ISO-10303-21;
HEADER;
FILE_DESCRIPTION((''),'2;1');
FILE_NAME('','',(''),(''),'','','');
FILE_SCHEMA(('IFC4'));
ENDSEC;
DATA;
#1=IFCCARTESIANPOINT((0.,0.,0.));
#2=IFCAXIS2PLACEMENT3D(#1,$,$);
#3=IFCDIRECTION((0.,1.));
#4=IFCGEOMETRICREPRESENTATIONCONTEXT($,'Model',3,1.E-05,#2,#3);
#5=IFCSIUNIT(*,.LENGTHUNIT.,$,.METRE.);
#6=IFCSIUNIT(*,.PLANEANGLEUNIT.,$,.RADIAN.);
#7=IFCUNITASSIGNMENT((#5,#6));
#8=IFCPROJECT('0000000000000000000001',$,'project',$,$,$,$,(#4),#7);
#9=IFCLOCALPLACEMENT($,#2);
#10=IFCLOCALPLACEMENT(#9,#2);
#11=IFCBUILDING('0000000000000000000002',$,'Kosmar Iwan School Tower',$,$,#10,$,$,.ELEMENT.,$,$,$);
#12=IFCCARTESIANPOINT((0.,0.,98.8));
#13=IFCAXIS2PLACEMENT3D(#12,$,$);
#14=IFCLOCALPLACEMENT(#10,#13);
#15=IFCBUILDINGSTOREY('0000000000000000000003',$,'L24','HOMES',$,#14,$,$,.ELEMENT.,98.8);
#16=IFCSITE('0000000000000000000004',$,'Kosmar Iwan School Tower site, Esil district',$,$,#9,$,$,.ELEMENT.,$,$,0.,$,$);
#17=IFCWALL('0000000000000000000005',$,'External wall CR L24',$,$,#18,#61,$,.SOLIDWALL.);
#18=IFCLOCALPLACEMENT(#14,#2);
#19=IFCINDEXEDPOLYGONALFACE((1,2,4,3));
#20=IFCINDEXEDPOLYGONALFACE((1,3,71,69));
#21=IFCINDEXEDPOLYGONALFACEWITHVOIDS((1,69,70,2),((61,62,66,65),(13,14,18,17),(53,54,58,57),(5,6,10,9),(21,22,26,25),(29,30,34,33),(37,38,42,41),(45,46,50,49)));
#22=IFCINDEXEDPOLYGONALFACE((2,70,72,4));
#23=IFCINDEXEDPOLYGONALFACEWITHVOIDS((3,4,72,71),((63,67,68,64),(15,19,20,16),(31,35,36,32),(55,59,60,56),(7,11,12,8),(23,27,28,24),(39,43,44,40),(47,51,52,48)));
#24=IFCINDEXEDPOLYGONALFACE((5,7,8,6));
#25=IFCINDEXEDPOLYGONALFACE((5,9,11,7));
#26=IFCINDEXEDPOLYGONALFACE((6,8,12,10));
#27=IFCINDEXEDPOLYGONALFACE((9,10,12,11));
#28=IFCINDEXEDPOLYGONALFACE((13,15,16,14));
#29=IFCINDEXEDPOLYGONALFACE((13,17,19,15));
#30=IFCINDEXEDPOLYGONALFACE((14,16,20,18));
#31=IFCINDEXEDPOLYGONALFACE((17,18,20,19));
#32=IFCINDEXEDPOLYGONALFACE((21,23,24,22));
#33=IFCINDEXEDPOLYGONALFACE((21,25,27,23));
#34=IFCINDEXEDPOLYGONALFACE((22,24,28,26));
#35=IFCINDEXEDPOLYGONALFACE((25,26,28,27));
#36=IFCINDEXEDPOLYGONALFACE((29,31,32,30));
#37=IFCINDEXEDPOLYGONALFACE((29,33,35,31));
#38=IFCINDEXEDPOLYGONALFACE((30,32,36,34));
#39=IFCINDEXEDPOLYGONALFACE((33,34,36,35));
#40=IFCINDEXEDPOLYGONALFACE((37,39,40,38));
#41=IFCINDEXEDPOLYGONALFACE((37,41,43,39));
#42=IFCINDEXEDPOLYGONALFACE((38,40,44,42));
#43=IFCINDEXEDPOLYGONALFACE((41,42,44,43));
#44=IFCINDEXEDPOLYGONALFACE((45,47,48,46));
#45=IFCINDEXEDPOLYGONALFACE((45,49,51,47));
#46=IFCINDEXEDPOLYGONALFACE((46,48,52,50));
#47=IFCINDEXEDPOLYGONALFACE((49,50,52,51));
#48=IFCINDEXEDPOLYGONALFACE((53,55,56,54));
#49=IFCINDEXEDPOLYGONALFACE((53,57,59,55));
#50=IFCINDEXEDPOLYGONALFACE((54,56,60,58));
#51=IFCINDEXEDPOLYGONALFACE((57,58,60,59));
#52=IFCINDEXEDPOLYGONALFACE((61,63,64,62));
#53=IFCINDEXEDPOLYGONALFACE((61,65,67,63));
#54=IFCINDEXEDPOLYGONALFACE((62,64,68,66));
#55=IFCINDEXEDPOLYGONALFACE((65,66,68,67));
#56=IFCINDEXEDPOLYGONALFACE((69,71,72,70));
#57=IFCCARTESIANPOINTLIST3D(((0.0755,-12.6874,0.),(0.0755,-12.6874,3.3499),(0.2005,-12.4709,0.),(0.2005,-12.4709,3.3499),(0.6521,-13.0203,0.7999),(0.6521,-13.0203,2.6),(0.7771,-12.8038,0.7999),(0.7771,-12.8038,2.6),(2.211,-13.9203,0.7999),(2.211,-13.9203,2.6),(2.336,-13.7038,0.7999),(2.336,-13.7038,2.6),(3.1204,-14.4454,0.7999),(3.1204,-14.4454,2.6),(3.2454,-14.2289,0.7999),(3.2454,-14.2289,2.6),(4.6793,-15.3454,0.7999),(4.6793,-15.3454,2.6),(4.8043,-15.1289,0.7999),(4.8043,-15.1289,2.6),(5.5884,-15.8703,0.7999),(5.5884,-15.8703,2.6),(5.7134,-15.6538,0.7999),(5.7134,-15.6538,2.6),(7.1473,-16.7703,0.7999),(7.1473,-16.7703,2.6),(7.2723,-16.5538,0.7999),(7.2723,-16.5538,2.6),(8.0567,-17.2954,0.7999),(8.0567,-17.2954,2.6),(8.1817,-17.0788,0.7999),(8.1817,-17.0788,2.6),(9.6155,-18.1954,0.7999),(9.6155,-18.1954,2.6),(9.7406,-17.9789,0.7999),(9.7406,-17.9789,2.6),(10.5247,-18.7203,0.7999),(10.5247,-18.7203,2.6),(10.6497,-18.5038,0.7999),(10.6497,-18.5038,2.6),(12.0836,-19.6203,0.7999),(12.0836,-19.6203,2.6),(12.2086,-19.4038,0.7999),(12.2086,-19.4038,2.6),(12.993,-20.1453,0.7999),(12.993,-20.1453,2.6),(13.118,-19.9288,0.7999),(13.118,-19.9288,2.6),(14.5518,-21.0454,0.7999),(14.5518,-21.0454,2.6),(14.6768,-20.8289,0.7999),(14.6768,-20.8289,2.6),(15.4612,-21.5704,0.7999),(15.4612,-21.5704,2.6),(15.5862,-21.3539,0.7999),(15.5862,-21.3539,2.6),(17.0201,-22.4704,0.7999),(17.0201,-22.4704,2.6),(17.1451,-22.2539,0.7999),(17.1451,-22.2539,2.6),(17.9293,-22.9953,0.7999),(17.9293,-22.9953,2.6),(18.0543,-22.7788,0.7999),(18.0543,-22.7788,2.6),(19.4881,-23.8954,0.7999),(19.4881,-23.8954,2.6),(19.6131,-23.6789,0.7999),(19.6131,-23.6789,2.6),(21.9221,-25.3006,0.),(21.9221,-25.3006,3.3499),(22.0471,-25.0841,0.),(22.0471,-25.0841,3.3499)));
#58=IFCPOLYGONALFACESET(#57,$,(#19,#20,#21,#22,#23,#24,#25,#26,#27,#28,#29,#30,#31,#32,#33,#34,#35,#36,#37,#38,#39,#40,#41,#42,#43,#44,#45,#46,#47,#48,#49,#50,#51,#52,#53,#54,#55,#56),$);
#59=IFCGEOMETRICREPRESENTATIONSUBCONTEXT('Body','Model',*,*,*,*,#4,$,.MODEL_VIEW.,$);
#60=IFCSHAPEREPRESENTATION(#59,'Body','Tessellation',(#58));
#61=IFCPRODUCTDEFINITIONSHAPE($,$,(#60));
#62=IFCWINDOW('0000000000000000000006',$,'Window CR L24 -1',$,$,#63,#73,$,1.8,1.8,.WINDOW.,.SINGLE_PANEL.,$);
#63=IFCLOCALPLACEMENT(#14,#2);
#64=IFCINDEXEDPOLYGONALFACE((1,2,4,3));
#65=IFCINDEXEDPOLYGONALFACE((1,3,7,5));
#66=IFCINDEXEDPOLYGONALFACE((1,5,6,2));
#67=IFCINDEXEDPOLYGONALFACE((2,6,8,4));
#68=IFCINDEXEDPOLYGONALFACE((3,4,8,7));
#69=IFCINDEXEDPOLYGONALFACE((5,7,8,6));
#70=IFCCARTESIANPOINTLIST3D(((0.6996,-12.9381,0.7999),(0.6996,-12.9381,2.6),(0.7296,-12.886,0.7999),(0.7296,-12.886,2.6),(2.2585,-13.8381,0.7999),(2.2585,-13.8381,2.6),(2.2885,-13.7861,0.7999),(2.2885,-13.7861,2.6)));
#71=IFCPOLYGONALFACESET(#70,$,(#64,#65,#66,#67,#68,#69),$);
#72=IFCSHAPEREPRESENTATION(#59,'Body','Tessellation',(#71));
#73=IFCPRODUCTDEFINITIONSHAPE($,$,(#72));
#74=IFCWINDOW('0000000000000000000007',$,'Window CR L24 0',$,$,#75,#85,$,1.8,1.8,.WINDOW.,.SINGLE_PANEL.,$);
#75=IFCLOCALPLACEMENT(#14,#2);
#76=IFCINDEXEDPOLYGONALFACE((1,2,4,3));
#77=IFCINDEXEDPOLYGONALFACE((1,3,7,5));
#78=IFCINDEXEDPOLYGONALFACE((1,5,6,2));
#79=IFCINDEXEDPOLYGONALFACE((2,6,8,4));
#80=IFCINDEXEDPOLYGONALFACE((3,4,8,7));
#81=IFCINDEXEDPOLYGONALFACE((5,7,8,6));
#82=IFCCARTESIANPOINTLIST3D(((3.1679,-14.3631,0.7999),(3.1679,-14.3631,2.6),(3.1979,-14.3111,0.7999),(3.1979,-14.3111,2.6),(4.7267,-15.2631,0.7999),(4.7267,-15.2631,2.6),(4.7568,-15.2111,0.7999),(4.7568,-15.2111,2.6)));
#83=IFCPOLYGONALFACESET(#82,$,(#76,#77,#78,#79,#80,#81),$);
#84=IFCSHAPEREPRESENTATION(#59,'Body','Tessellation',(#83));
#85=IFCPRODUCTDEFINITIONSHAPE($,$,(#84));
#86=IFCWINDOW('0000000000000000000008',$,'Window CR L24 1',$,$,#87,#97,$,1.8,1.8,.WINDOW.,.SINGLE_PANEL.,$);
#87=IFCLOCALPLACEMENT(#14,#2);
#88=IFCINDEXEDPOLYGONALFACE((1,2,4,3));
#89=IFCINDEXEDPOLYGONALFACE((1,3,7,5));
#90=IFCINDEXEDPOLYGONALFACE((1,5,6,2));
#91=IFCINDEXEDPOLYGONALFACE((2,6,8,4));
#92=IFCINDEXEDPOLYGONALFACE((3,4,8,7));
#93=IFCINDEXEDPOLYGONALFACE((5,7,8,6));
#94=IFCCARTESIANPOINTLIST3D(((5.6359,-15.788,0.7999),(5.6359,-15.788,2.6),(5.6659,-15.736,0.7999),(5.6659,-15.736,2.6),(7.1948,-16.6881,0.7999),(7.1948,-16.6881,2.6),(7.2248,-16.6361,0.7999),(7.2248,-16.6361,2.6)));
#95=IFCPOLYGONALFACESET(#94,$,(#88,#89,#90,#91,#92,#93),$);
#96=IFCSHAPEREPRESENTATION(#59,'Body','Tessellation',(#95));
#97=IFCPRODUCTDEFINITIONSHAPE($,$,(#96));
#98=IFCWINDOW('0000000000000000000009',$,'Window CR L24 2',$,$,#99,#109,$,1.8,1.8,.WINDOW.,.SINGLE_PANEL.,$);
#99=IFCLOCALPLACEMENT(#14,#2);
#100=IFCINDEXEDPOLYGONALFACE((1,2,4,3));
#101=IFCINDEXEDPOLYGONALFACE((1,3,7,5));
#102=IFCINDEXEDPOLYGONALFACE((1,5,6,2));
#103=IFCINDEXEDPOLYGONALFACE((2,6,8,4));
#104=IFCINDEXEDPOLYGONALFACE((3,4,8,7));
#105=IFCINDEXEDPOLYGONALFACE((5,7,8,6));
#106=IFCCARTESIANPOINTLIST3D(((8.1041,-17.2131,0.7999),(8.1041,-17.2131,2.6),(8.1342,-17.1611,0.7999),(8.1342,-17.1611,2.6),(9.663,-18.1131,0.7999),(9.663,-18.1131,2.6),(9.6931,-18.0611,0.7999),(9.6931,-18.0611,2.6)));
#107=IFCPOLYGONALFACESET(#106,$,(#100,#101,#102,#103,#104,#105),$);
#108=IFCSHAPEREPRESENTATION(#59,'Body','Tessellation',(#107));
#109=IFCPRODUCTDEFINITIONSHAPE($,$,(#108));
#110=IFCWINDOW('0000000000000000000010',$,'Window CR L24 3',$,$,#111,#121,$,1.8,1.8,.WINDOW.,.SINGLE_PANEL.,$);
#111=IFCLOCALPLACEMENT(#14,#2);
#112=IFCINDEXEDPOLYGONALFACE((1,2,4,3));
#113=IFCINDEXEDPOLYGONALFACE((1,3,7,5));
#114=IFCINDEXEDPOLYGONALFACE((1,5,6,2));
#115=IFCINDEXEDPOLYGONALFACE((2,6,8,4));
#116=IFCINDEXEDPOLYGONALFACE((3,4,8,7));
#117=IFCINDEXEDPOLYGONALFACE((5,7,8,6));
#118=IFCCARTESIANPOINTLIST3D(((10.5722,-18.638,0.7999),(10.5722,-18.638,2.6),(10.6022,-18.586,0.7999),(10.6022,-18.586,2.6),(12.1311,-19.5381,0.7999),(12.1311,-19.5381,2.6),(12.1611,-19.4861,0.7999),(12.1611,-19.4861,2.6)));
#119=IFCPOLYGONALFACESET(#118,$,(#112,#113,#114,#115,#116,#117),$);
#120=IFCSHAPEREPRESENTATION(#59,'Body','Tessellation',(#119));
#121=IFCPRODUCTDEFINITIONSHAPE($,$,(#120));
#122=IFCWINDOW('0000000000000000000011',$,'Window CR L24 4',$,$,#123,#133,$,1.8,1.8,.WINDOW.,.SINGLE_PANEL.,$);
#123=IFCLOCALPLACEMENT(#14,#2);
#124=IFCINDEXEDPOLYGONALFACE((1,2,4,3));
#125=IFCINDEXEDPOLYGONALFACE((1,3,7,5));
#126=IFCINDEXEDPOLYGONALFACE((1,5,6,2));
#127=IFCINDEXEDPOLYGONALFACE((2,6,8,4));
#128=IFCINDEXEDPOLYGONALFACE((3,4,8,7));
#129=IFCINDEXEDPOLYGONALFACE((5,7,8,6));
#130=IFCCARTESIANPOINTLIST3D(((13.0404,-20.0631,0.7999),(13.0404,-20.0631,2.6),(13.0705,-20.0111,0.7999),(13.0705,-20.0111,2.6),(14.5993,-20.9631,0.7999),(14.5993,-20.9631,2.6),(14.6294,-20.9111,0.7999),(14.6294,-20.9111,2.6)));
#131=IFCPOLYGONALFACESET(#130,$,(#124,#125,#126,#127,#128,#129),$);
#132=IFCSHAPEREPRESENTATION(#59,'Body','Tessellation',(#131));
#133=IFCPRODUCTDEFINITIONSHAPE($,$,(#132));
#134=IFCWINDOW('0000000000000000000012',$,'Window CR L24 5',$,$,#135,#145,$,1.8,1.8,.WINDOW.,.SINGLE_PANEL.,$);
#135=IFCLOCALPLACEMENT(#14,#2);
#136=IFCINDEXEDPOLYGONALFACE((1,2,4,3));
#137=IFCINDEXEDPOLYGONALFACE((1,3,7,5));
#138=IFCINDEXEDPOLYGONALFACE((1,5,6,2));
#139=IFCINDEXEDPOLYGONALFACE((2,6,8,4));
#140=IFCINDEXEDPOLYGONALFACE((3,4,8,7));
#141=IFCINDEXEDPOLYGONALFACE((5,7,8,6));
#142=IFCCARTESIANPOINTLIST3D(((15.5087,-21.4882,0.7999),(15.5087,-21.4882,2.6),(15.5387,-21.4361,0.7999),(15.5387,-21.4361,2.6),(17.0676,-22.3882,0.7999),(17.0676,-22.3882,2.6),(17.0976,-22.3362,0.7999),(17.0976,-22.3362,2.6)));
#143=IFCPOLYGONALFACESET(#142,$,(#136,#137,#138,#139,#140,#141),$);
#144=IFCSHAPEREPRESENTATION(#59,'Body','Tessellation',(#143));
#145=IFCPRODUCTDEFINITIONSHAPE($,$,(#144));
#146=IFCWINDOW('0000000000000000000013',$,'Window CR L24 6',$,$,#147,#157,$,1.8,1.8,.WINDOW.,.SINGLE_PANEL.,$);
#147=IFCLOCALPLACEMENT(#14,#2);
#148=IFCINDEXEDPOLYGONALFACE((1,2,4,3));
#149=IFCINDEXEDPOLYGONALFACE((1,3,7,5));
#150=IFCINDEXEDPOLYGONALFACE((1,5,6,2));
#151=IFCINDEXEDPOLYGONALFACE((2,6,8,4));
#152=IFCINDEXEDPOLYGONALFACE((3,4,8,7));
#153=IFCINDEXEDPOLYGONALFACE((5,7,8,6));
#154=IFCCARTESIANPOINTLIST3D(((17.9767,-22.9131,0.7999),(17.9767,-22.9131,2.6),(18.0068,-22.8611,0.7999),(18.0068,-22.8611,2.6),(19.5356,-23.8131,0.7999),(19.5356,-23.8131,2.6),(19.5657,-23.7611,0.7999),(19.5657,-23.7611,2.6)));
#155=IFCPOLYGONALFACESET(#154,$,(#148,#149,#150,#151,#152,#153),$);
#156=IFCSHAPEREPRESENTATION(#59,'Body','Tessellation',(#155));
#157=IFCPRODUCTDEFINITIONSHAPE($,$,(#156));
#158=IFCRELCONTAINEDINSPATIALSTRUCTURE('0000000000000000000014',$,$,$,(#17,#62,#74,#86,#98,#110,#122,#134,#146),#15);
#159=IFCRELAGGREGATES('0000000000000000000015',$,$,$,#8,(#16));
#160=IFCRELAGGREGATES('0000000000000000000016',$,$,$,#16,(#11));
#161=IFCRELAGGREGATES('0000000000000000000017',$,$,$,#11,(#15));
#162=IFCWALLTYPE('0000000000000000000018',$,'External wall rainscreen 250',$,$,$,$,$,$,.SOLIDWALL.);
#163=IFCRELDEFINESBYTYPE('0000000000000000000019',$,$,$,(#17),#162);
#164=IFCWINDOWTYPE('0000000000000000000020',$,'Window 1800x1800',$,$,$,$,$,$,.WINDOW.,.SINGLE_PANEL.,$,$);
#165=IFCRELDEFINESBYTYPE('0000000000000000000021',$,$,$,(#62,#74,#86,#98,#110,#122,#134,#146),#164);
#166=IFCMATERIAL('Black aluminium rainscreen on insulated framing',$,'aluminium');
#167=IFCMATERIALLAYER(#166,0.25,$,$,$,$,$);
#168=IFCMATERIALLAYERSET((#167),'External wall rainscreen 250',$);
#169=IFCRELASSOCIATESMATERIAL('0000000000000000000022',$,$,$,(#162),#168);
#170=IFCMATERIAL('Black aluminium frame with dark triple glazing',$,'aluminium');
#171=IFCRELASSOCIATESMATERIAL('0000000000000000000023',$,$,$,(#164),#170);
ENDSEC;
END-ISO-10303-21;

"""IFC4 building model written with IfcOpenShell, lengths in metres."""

from ifc_helpers import new_model, si_unit, direction, frame, frame_2d, origin, place, context, subcontext, project, spatial, rectangle, extrude, material, layer, layer_set, type_object, element, fill, save


model = new_model("IFC4")

# Units and contexts
model_context = context("Model", 3, precision=1e-05, world=origin(), true_north=direction((0.0, 1.0)))
body_context = subcontext(model_context, "Body", "Model", "MODEL_VIEW")
ifc_project = project(units=[si_unit("LENGTHUNIT", "METRE"), si_unit("PLANEANGLEUNIT", "RADIAN")], contexts=[model_context])

# Site, building, storey
site_placement = place(None, origin())
site = spatial("IfcSite", under=ifc_project, at=site_placement, Name="Kosmar Iwan School Tower site, Esil district", CompositionType="ELEMENT", RefElevation=0.0)
building_placement = place(site_placement, origin())
building = spatial("IfcBuilding", under=site, at=building_placement, Name="Kosmar Iwan School Tower", CompositionType="ELEMENT")
storey_placement = place(building_placement, frame((0.0, 0.0, 98.8)))
storey = spatial("IfcBuildingStorey", under=building, at=storey_placement, Name="L24", Description="HOMES", CompositionType="ELEMENT", Elevation=98.8)

# Wall, openings, windows
ifc_material_1 = material(Name="Black aluminium rainscreen on insulated framing", Category="aluminium")
ifc_layer = layer(ifc_material_1, 0.25)
ifc_layer_set = layer_set([ifc_layer], Name="External wall rainscreen 250")
wall_type = type_object("IfcWallType", Name="External wall rainscreen 250", PredefinedType="SOLIDWALL", material=ifc_layer_set)
ifc_material_2 = material(Name="Black aluminium frame with dark triple glazing", Category="aluminium")
window_type = type_object("IfcWindowType", Name="Window 1800x1800", PartitioningType="SINGLE_PANEL", PredefinedType="WINDOW", material=ifc_material_2)
wall_1_placement = place(storey_placement, frame((0.1379, -12.5791, 0.0), z_axis=(0.0, 0.0, 1.0), x_axis=(0.866024, -0.500003, 0.0)))
wall_1 = element("IfcWall", 1, at=wall_1_placement, inside=storey, type_object=wall_type, Name="External wall CR L24", PredefinedType="SOLIDWALL", context=body_context, shape_type="SweptSolid", body=[
    extrude(rectangle(XDim=25.2263, YDim=0.25, at=frame_2d((12.6133, 0.0))), origin(), (0.0, 0.0, 1.0), 3.3499),
])
opening_1_placement = place(wall_1_placement, frame((0.666, 0.0, 0.8)))
opening_1 = element("IfcOpeningElement", 2, at=opening_1_placement, cuts=wall_1, PredefinedType="OPENING", context=body_context, shape_type="SweptSolid", body=[
    extrude(rectangle(XDim=1.8, YDim=1.8, at=frame_2d((0.8999, 0.8999))), frame((0.0, 0.137, 0.0), z_axis=(0.0, -1.0, 0.0), x_axis=(1.0, 0.0, 0.0)), (0.0, 0.0, 1.0), 0.2739),
])
opening_2_placement = place(wall_1_placement, frame((3.5161, 0.0, 0.8)))
opening_2 = element("IfcOpeningElement", 3, at=opening_2_placement, cuts=wall_1, PredefinedType="OPENING", context=body_context, shape_type="SweptSolid", body=[
    extrude(rectangle(XDim=1.8, YDim=1.8, at=frame_2d((0.8999, 0.8999))), frame((0.0, 0.137, 0.0), z_axis=(0.0, -1.0, 0.0), x_axis=(1.0, 0.0, 0.0)), (0.0, 0.0, 1.0), 0.2739),
])
opening_3_placement = place(wall_1_placement, frame((6.366, 0.0, 0.8)))
opening_3 = element("IfcOpeningElement", 4, at=opening_3_placement, cuts=wall_1, PredefinedType="OPENING", context=body_context, shape_type="SweptSolid", body=[
    extrude(rectangle(XDim=1.8, YDim=1.8, at=frame_2d((0.8999, 0.8999))), frame((0.0, 0.137, 0.0), z_axis=(0.0, -1.0, 0.0), x_axis=(1.0, 0.0, 0.0)), (0.0, 0.0, 1.0), 0.2739),
])
opening_4_placement = place(wall_1_placement, frame((9.2161, 0.0, 0.8)))
opening_4 = element("IfcOpeningElement", 5, at=opening_4_placement, cuts=wall_1, PredefinedType="OPENING", context=body_context, shape_type="SweptSolid", body=[
    extrude(rectangle(XDim=1.8, YDim=1.8, at=frame_2d((0.8999, 0.8999))), frame((0.0, 0.137, 0.0), z_axis=(0.0, -1.0, 0.0), x_axis=(1.0, 0.0, 0.0)), (0.0, 0.0, 1.0), 0.2739),
])
opening_5_placement = place(wall_1_placement, frame((12.0659, 0.0, 0.8)))
opening_5 = element("IfcOpeningElement", 6, at=opening_5_placement, cuts=wall_1, PredefinedType="OPENING", context=body_context, shape_type="SweptSolid", body=[
    extrude(rectangle(XDim=1.8, YDim=1.8, at=frame_2d((0.8999, 0.8999))), frame((0.0, 0.137, 0.0), z_axis=(0.0, -1.0, 0.0), x_axis=(1.0, 0.0, 0.0)), (0.0, 0.0, 1.0), 0.2739),
])
opening_6_placement = place(wall_1_placement, frame((14.916, 0.0, 0.8)))
opening_6 = element("IfcOpeningElement", 7, at=opening_6_placement, cuts=wall_1, PredefinedType="OPENING", context=body_context, shape_type="SweptSolid", body=[
    extrude(rectangle(XDim=1.8, YDim=1.8, at=frame_2d((0.8999, 0.8999))), frame((0.0, 0.137, 0.0), z_axis=(0.0, -1.0, 0.0), x_axis=(1.0, 0.0, 0.0)), (0.0, 0.0, 1.0), 0.2739),
])
opening_7_placement = place(wall_1_placement, frame((17.7661, 0.0, 0.8)))
opening_7 = element("IfcOpeningElement", 8, at=opening_7_placement, cuts=wall_1, PredefinedType="OPENING", context=body_context, shape_type="SweptSolid", body=[
    extrude(rectangle(XDim=1.8, YDim=1.8, at=frame_2d((0.8999, 0.8999))), frame((0.0, 0.137, 0.0), z_axis=(0.0, -1.0, 0.0), x_axis=(1.0, 0.0, 0.0)), (0.0, 0.0, 1.0), 0.2739),
])
opening_8_placement = place(wall_1_placement, frame((20.616, 0.0, 0.8)))
opening_8 = element("IfcOpeningElement", 9, at=opening_8_placement, cuts=wall_1, PredefinedType="OPENING", context=body_context, shape_type="SweptSolid", body=[
    extrude(rectangle(XDim=1.8, YDim=1.8, at=frame_2d((0.8999, 0.8999))), frame((0.0, 0.137, 0.0), z_axis=(0.0, -1.0, 0.0), x_axis=(1.0, 0.0, 0.0)), (0.0, 0.0, 1.0), 0.2739),
])
window_1_placement = place(opening_1_placement, origin())
window_1 = element("IfcWindow", 10, at=window_1_placement, inside=storey, type_object=window_type, Name="Window CR L24 -1", OverallHeight=1.8, OverallWidth=1.8, PartitioningType="SINGLE_PANEL", PredefinedType="WINDOW", context=body_context, shape_type="SweptSolid", body=[
    extrude(rectangle(XDim=1.8, YDim=1.8, at=frame_2d((0.8999, 0.8999))), frame((0.0, 0.03, 0.0), z_axis=(0.0, -1.0, 0.0), x_axis=(1.0, 0.0, 0.0)), (0.0, 0.0, 1.0), 0.0601),
])
fill(opening_1, window_1)
window_2_placement = place(opening_2_placement, origin())
window_2 = element("IfcWindow", 11, at=window_2_placement, inside=storey, type_object=window_type, Name="Window CR L24 0", OverallHeight=1.8, OverallWidth=1.8, PartitioningType="SINGLE_PANEL", PredefinedType="WINDOW", context=body_context, shape_type="SweptSolid", body=[
    extrude(rectangle(XDim=1.8, YDim=1.8, at=frame_2d((0.8999, 0.8999))), frame((0.0, 0.03, 0.0), z_axis=(0.0, -1.0, 0.0), x_axis=(1.0, 0.0, 0.0)), (0.0, 0.0, 1.0), 0.0601),
])
fill(opening_2, window_2)
window_3_placement = place(opening_3_placement, origin())
window_3 = element("IfcWindow", 12, at=window_3_placement, inside=storey, type_object=window_type, Name="Window CR L24 1", OverallHeight=1.8, OverallWidth=1.8, PartitioningType="SINGLE_PANEL", PredefinedType="WINDOW", context=body_context, shape_type="SweptSolid", body=[
    extrude(rectangle(XDim=1.8, YDim=1.8, at=frame_2d((0.8999, 0.8999))), frame((0.0, 0.03, 0.0), z_axis=(0.0, -1.0, 0.0), x_axis=(1.0, 0.0, 0.0)), (0.0, 0.0, 1.0), 0.0601),
])
fill(opening_3, window_3)
window_4_placement = place(opening_4_placement, origin())
window_4 = element("IfcWindow", 13, at=window_4_placement, inside=storey, type_object=window_type, Name="Window CR L24 2", OverallHeight=1.8, OverallWidth=1.8, PartitioningType="SINGLE_PANEL", PredefinedType="WINDOW", context=body_context, shape_type="SweptSolid", body=[
    extrude(rectangle(XDim=1.8, YDim=1.8, at=frame_2d((0.8999, 0.8999))), frame((0.0, 0.03, 0.0), z_axis=(0.0, -1.0, 0.0), x_axis=(1.0, 0.0, 0.0)), (0.0, 0.0, 1.0), 0.0601),
])
fill(opening_4, window_4)
window_5_placement = place(opening_5_placement, origin())
window_5 = element("IfcWindow", 14, at=window_5_placement, inside=storey, type_object=window_type, Name="Window CR L24 3", OverallHeight=1.8, OverallWidth=1.8, PartitioningType="SINGLE_PANEL", PredefinedType="WINDOW", context=body_context, shape_type="SweptSolid", body=[
    extrude(rectangle(XDim=1.8, YDim=1.8, at=frame_2d((0.8999, 0.8999))), frame((0.0, 0.03, 0.0), z_axis=(0.0, -1.0, 0.0), x_axis=(1.0, 0.0, 0.0)), (0.0, 0.0, 1.0), 0.0601),
])
fill(opening_5, window_5)
window_6_placement = place(opening_6_placement, origin())
window_6 = element("IfcWindow", 15, at=window_6_placement, inside=storey, type_object=window_type, Name="Window CR L24 4", OverallHeight=1.8, OverallWidth=1.8, PartitioningType="SINGLE_PANEL", PredefinedType="WINDOW", context=body_context, shape_type="SweptSolid", body=[
    extrude(rectangle(XDim=1.8, YDim=1.8, at=frame_2d((0.8999, 0.8999))), frame((0.0, 0.03, 0.0), z_axis=(0.0, -1.0, 0.0), x_axis=(1.0, 0.0, 0.0)), (0.0, 0.0, 1.0), 0.0601),
])
fill(opening_6, window_6)
window_7_placement = place(opening_7_placement, origin())
window_7 = element("IfcWindow", 16, at=window_7_placement, inside=storey, type_object=window_type, Name="Window CR L24 5", OverallHeight=1.8, OverallWidth=1.8, PartitioningType="SINGLE_PANEL", PredefinedType="WINDOW", context=body_context, shape_type="SweptSolid", body=[
    extrude(rectangle(XDim=1.8, YDim=1.8, at=frame_2d((0.8999, 0.8999))), frame((0.0, 0.03, 0.0), z_axis=(0.0, -1.0, 0.0), x_axis=(1.0, 0.0, 0.0)), (0.0, 0.0, 1.0), 0.0601),
])
fill(opening_7, window_7)
window_8_placement = place(opening_8_placement, origin())
window_8 = element("IfcWindow", 17, at=window_8_placement, inside=storey, type_object=window_type, Name="Window CR L24 6", OverallHeight=1.8, OverallWidth=1.8, PartitioningType="SINGLE_PANEL", PredefinedType="WINDOW", context=body_context, shape_type="SweptSolid", body=[
    extrude(rectangle(XDim=1.8, YDim=1.8, at=frame_2d((0.8999, 0.8999))), frame((0.0, 0.03, 0.0), z_axis=(0.0, -1.0, 0.0), x_axis=(1.0, 0.0, 0.0)), (0.0, 0.0, 1.0), 0.0601),
])
fill(opening_8, window_8)

save(model, "model.ifc")
